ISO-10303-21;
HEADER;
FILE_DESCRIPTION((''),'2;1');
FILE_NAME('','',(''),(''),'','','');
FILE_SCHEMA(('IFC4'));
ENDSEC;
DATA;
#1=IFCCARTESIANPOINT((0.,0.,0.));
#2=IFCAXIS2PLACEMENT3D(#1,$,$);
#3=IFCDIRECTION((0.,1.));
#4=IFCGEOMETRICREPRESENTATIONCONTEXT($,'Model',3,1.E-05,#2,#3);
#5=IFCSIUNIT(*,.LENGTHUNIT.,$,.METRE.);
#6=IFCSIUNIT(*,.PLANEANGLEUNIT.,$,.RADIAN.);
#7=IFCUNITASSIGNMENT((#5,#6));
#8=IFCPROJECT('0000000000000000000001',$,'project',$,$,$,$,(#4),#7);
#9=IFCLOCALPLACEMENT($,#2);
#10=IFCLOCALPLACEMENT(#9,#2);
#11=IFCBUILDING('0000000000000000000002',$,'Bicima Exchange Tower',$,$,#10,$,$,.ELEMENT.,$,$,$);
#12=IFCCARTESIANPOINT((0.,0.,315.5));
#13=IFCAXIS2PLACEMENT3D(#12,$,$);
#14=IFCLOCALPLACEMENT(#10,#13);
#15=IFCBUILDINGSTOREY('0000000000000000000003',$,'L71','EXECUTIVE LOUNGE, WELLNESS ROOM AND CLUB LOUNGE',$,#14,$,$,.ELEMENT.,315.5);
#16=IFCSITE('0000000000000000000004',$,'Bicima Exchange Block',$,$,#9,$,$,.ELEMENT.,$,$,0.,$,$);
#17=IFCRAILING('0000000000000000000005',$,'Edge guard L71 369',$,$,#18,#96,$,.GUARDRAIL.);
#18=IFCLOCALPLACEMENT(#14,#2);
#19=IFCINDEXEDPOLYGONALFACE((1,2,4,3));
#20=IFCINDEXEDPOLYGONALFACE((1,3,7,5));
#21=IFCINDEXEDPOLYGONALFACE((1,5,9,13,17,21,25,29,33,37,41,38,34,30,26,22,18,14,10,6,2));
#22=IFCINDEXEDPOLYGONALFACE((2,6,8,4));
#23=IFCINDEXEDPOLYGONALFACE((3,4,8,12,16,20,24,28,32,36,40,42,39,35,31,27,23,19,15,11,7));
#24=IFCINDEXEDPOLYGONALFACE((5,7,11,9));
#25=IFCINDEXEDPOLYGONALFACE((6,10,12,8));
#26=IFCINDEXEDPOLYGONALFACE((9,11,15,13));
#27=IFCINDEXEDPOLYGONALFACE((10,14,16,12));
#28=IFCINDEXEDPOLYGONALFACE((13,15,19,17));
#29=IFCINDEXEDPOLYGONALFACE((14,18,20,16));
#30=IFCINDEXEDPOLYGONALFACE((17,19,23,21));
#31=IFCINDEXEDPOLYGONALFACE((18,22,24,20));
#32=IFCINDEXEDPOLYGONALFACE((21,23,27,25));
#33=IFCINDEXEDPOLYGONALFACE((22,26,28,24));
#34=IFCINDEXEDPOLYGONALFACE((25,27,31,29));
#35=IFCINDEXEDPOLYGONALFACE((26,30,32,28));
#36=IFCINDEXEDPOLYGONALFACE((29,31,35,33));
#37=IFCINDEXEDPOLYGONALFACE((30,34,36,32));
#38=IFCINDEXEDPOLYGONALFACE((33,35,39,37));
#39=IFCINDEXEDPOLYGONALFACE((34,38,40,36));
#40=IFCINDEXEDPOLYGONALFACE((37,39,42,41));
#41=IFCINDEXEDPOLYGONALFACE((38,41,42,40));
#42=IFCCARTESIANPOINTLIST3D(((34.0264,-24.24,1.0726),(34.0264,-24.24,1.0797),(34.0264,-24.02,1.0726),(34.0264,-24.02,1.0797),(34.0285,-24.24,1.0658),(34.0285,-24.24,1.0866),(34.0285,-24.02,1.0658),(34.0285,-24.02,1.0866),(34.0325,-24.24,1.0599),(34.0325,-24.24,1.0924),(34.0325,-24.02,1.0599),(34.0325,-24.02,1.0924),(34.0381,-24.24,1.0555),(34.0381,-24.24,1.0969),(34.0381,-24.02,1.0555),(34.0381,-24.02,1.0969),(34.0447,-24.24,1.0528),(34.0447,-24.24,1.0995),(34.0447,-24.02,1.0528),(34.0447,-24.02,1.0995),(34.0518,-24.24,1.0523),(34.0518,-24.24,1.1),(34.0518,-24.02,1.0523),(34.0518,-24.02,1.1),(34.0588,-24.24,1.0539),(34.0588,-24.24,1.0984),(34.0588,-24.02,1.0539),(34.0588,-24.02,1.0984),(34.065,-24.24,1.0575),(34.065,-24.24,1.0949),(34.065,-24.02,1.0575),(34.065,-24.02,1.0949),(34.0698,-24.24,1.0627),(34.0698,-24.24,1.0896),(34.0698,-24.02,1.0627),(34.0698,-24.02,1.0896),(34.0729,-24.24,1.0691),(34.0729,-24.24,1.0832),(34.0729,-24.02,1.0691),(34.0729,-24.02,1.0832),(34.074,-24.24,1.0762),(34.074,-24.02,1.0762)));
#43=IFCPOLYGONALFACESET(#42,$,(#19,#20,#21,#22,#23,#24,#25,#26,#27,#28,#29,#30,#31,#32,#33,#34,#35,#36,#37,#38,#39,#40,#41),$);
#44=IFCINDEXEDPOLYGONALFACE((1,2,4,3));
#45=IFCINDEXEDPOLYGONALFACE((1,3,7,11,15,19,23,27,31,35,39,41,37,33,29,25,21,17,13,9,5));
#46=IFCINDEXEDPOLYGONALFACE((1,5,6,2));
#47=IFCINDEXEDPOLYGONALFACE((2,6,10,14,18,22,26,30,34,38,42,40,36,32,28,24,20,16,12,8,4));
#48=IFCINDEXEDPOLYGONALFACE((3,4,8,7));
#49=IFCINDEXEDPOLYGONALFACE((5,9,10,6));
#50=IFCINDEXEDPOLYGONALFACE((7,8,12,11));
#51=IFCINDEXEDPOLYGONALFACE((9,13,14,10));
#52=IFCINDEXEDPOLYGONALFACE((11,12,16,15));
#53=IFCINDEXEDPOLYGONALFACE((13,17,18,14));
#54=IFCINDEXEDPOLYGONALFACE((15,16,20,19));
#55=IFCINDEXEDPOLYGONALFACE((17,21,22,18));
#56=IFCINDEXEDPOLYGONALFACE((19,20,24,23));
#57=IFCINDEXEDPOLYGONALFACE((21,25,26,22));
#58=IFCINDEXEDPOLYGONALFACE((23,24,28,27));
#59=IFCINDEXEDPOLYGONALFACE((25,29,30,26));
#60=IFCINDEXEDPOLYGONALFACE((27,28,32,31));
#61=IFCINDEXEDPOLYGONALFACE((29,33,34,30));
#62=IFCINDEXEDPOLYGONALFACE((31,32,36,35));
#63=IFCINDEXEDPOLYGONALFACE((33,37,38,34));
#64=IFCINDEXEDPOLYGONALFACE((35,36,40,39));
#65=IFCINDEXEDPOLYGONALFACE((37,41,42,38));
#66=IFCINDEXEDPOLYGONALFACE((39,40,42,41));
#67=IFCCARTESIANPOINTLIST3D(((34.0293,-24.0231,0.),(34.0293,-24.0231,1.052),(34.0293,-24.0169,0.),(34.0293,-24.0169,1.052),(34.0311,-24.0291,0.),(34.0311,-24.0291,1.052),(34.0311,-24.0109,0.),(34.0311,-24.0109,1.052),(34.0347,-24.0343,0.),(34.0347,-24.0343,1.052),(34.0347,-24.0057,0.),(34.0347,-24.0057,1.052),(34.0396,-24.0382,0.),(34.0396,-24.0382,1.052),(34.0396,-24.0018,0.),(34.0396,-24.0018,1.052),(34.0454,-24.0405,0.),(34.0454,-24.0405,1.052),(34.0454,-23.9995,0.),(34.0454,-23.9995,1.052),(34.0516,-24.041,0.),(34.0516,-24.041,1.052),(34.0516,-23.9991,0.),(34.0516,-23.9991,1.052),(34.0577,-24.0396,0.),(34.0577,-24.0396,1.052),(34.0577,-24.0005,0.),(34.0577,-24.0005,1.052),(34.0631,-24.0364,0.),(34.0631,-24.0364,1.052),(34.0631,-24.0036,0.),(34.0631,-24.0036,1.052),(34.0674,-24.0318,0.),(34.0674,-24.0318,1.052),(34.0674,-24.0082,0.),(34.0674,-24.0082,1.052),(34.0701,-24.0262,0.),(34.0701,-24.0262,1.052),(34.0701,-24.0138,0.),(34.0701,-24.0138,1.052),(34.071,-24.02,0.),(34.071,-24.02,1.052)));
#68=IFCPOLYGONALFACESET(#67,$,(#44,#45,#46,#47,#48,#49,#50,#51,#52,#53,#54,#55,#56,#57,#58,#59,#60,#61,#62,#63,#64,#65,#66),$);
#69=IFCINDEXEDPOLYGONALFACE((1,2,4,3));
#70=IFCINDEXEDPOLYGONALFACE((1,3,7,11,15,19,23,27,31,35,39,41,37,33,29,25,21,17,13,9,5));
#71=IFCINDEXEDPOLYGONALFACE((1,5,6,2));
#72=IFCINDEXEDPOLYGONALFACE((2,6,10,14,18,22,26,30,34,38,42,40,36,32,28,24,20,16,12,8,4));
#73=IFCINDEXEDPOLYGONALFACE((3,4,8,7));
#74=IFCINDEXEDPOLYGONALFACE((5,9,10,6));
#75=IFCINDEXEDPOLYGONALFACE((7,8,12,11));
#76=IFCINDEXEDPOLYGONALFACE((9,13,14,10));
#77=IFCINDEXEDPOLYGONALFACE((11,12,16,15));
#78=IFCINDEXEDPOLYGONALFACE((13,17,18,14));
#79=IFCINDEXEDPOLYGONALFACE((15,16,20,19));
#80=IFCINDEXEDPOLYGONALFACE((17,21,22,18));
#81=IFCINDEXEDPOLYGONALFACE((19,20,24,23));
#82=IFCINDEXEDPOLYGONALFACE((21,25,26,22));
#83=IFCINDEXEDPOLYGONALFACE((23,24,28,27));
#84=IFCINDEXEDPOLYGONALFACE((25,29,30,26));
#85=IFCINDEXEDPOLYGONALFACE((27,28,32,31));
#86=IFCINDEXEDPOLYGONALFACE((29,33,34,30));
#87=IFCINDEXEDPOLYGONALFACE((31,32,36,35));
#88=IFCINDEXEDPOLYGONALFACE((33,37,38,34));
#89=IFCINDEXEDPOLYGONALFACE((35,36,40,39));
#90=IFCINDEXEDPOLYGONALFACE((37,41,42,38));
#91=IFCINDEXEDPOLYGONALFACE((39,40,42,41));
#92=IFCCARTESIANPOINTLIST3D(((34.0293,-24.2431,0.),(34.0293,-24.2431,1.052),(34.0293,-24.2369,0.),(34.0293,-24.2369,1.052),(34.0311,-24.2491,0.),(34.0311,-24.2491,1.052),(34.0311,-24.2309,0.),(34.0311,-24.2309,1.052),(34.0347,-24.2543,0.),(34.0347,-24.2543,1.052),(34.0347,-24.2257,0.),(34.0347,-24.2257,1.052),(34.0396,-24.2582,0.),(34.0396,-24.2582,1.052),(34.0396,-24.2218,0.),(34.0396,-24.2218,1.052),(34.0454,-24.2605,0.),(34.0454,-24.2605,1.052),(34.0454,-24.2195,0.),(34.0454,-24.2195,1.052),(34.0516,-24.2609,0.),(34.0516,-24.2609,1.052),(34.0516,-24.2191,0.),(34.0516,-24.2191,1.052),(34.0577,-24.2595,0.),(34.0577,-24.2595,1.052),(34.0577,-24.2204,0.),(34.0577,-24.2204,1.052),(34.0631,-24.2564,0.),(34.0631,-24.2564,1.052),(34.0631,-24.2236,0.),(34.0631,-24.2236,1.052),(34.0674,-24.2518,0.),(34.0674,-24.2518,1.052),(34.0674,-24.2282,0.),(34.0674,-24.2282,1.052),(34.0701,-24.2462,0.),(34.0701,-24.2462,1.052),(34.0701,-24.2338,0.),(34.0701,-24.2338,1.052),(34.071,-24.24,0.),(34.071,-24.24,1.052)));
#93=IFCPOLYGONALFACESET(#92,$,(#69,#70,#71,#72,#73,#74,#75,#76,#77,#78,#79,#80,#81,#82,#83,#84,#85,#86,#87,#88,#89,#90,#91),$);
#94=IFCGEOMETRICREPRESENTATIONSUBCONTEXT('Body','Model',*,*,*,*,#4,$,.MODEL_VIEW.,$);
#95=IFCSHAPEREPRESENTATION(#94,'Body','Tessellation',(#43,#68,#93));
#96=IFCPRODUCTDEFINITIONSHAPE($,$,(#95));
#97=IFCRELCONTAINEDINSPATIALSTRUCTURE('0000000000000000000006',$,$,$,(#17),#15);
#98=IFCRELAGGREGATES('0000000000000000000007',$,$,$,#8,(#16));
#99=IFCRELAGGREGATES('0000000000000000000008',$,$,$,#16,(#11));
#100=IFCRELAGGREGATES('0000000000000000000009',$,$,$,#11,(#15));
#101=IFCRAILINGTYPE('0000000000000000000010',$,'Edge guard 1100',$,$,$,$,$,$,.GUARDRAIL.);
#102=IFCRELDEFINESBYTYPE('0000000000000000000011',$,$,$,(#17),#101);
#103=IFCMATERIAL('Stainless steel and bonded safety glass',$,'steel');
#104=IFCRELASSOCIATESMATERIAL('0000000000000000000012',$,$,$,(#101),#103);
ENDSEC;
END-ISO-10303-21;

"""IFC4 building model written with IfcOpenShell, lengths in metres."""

from ifc_helpers import new_model, si_unit, direction, frame, origin, origin_2d, place, context, subcontext, project, spatial, circle, extrude, material, type_object, element, save


model = new_model("IFC4")

# Units and contexts
model_context = context("Model", 3, precision=1e-05, world=origin(), true_north=direction((0.0, 1.0)))
body_context = subcontext(model_context, "Body", "Model", "MODEL_VIEW")
ifc_project = project(units=[si_unit("LENGTHUNIT", "METRE"), si_unit("PLANEANGLEUNIT", "RADIAN")], contexts=[model_context])

# Site, building, storey
site_placement = place(None, origin())
site = spatial("IfcSite", under=ifc_project, at=site_placement, Name="Bicima Exchange Block", CompositionType="ELEMENT", RefElevation=0.0)
building_placement = place(site_placement, origin())
building = spatial("IfcBuilding", under=site, at=building_placement, Name="Bicima Exchange Tower", CompositionType="ELEMENT")
storey_placement = place(building_placement, frame((0.0, 0.0, 315.5)))
storey = spatial("IfcBuildingStorey", under=building, at=storey_placement, Name="L71", Description="EXECUTIVE LOUNGE, WELLNESS ROOM AND CLUB LOUNGE", CompositionType="ELEMENT", Elevation=315.5)

# Railing
ifc_material_1 = material(Name="Stainless steel and bonded safety glass", Category="steel")
railing_type = type_object("IfcRailingType", Name="Edge guard 1100", PredefinedType="GUARDRAIL", material=ifc_material_1)
railing_1_placement = place(storey_placement, frame((34.05, -24.02, 0.0)))
element("IfcRailing", 1, at=railing_1_placement, inside=storey, type_object=railing_type, Name="Edge guard L71 369", PredefinedType="GUARDRAIL", context=body_context, shape_type="SweptSolid", body=[
    extrude(circle(Radius=0.0239, at=origin_2d()), frame((0.0, 0.0, 1.0762), z_axis=(0.0, -1.0, 0.0), x_axis=(1.0, 0.0, 0.0)), (0.0, 0.0, 1.0), 0.22),
    extrude(circle(Radius=0.021, at=origin_2d()), origin(), (0.0, 0.0, 1.0), 1.052),
    extrude(circle(Radius=0.021, at=origin_2d()), frame((0.0, -0.22, 0.0)), (0.0, 0.0, 1.0), 1.052),
])

save(model, "model.ifc")
